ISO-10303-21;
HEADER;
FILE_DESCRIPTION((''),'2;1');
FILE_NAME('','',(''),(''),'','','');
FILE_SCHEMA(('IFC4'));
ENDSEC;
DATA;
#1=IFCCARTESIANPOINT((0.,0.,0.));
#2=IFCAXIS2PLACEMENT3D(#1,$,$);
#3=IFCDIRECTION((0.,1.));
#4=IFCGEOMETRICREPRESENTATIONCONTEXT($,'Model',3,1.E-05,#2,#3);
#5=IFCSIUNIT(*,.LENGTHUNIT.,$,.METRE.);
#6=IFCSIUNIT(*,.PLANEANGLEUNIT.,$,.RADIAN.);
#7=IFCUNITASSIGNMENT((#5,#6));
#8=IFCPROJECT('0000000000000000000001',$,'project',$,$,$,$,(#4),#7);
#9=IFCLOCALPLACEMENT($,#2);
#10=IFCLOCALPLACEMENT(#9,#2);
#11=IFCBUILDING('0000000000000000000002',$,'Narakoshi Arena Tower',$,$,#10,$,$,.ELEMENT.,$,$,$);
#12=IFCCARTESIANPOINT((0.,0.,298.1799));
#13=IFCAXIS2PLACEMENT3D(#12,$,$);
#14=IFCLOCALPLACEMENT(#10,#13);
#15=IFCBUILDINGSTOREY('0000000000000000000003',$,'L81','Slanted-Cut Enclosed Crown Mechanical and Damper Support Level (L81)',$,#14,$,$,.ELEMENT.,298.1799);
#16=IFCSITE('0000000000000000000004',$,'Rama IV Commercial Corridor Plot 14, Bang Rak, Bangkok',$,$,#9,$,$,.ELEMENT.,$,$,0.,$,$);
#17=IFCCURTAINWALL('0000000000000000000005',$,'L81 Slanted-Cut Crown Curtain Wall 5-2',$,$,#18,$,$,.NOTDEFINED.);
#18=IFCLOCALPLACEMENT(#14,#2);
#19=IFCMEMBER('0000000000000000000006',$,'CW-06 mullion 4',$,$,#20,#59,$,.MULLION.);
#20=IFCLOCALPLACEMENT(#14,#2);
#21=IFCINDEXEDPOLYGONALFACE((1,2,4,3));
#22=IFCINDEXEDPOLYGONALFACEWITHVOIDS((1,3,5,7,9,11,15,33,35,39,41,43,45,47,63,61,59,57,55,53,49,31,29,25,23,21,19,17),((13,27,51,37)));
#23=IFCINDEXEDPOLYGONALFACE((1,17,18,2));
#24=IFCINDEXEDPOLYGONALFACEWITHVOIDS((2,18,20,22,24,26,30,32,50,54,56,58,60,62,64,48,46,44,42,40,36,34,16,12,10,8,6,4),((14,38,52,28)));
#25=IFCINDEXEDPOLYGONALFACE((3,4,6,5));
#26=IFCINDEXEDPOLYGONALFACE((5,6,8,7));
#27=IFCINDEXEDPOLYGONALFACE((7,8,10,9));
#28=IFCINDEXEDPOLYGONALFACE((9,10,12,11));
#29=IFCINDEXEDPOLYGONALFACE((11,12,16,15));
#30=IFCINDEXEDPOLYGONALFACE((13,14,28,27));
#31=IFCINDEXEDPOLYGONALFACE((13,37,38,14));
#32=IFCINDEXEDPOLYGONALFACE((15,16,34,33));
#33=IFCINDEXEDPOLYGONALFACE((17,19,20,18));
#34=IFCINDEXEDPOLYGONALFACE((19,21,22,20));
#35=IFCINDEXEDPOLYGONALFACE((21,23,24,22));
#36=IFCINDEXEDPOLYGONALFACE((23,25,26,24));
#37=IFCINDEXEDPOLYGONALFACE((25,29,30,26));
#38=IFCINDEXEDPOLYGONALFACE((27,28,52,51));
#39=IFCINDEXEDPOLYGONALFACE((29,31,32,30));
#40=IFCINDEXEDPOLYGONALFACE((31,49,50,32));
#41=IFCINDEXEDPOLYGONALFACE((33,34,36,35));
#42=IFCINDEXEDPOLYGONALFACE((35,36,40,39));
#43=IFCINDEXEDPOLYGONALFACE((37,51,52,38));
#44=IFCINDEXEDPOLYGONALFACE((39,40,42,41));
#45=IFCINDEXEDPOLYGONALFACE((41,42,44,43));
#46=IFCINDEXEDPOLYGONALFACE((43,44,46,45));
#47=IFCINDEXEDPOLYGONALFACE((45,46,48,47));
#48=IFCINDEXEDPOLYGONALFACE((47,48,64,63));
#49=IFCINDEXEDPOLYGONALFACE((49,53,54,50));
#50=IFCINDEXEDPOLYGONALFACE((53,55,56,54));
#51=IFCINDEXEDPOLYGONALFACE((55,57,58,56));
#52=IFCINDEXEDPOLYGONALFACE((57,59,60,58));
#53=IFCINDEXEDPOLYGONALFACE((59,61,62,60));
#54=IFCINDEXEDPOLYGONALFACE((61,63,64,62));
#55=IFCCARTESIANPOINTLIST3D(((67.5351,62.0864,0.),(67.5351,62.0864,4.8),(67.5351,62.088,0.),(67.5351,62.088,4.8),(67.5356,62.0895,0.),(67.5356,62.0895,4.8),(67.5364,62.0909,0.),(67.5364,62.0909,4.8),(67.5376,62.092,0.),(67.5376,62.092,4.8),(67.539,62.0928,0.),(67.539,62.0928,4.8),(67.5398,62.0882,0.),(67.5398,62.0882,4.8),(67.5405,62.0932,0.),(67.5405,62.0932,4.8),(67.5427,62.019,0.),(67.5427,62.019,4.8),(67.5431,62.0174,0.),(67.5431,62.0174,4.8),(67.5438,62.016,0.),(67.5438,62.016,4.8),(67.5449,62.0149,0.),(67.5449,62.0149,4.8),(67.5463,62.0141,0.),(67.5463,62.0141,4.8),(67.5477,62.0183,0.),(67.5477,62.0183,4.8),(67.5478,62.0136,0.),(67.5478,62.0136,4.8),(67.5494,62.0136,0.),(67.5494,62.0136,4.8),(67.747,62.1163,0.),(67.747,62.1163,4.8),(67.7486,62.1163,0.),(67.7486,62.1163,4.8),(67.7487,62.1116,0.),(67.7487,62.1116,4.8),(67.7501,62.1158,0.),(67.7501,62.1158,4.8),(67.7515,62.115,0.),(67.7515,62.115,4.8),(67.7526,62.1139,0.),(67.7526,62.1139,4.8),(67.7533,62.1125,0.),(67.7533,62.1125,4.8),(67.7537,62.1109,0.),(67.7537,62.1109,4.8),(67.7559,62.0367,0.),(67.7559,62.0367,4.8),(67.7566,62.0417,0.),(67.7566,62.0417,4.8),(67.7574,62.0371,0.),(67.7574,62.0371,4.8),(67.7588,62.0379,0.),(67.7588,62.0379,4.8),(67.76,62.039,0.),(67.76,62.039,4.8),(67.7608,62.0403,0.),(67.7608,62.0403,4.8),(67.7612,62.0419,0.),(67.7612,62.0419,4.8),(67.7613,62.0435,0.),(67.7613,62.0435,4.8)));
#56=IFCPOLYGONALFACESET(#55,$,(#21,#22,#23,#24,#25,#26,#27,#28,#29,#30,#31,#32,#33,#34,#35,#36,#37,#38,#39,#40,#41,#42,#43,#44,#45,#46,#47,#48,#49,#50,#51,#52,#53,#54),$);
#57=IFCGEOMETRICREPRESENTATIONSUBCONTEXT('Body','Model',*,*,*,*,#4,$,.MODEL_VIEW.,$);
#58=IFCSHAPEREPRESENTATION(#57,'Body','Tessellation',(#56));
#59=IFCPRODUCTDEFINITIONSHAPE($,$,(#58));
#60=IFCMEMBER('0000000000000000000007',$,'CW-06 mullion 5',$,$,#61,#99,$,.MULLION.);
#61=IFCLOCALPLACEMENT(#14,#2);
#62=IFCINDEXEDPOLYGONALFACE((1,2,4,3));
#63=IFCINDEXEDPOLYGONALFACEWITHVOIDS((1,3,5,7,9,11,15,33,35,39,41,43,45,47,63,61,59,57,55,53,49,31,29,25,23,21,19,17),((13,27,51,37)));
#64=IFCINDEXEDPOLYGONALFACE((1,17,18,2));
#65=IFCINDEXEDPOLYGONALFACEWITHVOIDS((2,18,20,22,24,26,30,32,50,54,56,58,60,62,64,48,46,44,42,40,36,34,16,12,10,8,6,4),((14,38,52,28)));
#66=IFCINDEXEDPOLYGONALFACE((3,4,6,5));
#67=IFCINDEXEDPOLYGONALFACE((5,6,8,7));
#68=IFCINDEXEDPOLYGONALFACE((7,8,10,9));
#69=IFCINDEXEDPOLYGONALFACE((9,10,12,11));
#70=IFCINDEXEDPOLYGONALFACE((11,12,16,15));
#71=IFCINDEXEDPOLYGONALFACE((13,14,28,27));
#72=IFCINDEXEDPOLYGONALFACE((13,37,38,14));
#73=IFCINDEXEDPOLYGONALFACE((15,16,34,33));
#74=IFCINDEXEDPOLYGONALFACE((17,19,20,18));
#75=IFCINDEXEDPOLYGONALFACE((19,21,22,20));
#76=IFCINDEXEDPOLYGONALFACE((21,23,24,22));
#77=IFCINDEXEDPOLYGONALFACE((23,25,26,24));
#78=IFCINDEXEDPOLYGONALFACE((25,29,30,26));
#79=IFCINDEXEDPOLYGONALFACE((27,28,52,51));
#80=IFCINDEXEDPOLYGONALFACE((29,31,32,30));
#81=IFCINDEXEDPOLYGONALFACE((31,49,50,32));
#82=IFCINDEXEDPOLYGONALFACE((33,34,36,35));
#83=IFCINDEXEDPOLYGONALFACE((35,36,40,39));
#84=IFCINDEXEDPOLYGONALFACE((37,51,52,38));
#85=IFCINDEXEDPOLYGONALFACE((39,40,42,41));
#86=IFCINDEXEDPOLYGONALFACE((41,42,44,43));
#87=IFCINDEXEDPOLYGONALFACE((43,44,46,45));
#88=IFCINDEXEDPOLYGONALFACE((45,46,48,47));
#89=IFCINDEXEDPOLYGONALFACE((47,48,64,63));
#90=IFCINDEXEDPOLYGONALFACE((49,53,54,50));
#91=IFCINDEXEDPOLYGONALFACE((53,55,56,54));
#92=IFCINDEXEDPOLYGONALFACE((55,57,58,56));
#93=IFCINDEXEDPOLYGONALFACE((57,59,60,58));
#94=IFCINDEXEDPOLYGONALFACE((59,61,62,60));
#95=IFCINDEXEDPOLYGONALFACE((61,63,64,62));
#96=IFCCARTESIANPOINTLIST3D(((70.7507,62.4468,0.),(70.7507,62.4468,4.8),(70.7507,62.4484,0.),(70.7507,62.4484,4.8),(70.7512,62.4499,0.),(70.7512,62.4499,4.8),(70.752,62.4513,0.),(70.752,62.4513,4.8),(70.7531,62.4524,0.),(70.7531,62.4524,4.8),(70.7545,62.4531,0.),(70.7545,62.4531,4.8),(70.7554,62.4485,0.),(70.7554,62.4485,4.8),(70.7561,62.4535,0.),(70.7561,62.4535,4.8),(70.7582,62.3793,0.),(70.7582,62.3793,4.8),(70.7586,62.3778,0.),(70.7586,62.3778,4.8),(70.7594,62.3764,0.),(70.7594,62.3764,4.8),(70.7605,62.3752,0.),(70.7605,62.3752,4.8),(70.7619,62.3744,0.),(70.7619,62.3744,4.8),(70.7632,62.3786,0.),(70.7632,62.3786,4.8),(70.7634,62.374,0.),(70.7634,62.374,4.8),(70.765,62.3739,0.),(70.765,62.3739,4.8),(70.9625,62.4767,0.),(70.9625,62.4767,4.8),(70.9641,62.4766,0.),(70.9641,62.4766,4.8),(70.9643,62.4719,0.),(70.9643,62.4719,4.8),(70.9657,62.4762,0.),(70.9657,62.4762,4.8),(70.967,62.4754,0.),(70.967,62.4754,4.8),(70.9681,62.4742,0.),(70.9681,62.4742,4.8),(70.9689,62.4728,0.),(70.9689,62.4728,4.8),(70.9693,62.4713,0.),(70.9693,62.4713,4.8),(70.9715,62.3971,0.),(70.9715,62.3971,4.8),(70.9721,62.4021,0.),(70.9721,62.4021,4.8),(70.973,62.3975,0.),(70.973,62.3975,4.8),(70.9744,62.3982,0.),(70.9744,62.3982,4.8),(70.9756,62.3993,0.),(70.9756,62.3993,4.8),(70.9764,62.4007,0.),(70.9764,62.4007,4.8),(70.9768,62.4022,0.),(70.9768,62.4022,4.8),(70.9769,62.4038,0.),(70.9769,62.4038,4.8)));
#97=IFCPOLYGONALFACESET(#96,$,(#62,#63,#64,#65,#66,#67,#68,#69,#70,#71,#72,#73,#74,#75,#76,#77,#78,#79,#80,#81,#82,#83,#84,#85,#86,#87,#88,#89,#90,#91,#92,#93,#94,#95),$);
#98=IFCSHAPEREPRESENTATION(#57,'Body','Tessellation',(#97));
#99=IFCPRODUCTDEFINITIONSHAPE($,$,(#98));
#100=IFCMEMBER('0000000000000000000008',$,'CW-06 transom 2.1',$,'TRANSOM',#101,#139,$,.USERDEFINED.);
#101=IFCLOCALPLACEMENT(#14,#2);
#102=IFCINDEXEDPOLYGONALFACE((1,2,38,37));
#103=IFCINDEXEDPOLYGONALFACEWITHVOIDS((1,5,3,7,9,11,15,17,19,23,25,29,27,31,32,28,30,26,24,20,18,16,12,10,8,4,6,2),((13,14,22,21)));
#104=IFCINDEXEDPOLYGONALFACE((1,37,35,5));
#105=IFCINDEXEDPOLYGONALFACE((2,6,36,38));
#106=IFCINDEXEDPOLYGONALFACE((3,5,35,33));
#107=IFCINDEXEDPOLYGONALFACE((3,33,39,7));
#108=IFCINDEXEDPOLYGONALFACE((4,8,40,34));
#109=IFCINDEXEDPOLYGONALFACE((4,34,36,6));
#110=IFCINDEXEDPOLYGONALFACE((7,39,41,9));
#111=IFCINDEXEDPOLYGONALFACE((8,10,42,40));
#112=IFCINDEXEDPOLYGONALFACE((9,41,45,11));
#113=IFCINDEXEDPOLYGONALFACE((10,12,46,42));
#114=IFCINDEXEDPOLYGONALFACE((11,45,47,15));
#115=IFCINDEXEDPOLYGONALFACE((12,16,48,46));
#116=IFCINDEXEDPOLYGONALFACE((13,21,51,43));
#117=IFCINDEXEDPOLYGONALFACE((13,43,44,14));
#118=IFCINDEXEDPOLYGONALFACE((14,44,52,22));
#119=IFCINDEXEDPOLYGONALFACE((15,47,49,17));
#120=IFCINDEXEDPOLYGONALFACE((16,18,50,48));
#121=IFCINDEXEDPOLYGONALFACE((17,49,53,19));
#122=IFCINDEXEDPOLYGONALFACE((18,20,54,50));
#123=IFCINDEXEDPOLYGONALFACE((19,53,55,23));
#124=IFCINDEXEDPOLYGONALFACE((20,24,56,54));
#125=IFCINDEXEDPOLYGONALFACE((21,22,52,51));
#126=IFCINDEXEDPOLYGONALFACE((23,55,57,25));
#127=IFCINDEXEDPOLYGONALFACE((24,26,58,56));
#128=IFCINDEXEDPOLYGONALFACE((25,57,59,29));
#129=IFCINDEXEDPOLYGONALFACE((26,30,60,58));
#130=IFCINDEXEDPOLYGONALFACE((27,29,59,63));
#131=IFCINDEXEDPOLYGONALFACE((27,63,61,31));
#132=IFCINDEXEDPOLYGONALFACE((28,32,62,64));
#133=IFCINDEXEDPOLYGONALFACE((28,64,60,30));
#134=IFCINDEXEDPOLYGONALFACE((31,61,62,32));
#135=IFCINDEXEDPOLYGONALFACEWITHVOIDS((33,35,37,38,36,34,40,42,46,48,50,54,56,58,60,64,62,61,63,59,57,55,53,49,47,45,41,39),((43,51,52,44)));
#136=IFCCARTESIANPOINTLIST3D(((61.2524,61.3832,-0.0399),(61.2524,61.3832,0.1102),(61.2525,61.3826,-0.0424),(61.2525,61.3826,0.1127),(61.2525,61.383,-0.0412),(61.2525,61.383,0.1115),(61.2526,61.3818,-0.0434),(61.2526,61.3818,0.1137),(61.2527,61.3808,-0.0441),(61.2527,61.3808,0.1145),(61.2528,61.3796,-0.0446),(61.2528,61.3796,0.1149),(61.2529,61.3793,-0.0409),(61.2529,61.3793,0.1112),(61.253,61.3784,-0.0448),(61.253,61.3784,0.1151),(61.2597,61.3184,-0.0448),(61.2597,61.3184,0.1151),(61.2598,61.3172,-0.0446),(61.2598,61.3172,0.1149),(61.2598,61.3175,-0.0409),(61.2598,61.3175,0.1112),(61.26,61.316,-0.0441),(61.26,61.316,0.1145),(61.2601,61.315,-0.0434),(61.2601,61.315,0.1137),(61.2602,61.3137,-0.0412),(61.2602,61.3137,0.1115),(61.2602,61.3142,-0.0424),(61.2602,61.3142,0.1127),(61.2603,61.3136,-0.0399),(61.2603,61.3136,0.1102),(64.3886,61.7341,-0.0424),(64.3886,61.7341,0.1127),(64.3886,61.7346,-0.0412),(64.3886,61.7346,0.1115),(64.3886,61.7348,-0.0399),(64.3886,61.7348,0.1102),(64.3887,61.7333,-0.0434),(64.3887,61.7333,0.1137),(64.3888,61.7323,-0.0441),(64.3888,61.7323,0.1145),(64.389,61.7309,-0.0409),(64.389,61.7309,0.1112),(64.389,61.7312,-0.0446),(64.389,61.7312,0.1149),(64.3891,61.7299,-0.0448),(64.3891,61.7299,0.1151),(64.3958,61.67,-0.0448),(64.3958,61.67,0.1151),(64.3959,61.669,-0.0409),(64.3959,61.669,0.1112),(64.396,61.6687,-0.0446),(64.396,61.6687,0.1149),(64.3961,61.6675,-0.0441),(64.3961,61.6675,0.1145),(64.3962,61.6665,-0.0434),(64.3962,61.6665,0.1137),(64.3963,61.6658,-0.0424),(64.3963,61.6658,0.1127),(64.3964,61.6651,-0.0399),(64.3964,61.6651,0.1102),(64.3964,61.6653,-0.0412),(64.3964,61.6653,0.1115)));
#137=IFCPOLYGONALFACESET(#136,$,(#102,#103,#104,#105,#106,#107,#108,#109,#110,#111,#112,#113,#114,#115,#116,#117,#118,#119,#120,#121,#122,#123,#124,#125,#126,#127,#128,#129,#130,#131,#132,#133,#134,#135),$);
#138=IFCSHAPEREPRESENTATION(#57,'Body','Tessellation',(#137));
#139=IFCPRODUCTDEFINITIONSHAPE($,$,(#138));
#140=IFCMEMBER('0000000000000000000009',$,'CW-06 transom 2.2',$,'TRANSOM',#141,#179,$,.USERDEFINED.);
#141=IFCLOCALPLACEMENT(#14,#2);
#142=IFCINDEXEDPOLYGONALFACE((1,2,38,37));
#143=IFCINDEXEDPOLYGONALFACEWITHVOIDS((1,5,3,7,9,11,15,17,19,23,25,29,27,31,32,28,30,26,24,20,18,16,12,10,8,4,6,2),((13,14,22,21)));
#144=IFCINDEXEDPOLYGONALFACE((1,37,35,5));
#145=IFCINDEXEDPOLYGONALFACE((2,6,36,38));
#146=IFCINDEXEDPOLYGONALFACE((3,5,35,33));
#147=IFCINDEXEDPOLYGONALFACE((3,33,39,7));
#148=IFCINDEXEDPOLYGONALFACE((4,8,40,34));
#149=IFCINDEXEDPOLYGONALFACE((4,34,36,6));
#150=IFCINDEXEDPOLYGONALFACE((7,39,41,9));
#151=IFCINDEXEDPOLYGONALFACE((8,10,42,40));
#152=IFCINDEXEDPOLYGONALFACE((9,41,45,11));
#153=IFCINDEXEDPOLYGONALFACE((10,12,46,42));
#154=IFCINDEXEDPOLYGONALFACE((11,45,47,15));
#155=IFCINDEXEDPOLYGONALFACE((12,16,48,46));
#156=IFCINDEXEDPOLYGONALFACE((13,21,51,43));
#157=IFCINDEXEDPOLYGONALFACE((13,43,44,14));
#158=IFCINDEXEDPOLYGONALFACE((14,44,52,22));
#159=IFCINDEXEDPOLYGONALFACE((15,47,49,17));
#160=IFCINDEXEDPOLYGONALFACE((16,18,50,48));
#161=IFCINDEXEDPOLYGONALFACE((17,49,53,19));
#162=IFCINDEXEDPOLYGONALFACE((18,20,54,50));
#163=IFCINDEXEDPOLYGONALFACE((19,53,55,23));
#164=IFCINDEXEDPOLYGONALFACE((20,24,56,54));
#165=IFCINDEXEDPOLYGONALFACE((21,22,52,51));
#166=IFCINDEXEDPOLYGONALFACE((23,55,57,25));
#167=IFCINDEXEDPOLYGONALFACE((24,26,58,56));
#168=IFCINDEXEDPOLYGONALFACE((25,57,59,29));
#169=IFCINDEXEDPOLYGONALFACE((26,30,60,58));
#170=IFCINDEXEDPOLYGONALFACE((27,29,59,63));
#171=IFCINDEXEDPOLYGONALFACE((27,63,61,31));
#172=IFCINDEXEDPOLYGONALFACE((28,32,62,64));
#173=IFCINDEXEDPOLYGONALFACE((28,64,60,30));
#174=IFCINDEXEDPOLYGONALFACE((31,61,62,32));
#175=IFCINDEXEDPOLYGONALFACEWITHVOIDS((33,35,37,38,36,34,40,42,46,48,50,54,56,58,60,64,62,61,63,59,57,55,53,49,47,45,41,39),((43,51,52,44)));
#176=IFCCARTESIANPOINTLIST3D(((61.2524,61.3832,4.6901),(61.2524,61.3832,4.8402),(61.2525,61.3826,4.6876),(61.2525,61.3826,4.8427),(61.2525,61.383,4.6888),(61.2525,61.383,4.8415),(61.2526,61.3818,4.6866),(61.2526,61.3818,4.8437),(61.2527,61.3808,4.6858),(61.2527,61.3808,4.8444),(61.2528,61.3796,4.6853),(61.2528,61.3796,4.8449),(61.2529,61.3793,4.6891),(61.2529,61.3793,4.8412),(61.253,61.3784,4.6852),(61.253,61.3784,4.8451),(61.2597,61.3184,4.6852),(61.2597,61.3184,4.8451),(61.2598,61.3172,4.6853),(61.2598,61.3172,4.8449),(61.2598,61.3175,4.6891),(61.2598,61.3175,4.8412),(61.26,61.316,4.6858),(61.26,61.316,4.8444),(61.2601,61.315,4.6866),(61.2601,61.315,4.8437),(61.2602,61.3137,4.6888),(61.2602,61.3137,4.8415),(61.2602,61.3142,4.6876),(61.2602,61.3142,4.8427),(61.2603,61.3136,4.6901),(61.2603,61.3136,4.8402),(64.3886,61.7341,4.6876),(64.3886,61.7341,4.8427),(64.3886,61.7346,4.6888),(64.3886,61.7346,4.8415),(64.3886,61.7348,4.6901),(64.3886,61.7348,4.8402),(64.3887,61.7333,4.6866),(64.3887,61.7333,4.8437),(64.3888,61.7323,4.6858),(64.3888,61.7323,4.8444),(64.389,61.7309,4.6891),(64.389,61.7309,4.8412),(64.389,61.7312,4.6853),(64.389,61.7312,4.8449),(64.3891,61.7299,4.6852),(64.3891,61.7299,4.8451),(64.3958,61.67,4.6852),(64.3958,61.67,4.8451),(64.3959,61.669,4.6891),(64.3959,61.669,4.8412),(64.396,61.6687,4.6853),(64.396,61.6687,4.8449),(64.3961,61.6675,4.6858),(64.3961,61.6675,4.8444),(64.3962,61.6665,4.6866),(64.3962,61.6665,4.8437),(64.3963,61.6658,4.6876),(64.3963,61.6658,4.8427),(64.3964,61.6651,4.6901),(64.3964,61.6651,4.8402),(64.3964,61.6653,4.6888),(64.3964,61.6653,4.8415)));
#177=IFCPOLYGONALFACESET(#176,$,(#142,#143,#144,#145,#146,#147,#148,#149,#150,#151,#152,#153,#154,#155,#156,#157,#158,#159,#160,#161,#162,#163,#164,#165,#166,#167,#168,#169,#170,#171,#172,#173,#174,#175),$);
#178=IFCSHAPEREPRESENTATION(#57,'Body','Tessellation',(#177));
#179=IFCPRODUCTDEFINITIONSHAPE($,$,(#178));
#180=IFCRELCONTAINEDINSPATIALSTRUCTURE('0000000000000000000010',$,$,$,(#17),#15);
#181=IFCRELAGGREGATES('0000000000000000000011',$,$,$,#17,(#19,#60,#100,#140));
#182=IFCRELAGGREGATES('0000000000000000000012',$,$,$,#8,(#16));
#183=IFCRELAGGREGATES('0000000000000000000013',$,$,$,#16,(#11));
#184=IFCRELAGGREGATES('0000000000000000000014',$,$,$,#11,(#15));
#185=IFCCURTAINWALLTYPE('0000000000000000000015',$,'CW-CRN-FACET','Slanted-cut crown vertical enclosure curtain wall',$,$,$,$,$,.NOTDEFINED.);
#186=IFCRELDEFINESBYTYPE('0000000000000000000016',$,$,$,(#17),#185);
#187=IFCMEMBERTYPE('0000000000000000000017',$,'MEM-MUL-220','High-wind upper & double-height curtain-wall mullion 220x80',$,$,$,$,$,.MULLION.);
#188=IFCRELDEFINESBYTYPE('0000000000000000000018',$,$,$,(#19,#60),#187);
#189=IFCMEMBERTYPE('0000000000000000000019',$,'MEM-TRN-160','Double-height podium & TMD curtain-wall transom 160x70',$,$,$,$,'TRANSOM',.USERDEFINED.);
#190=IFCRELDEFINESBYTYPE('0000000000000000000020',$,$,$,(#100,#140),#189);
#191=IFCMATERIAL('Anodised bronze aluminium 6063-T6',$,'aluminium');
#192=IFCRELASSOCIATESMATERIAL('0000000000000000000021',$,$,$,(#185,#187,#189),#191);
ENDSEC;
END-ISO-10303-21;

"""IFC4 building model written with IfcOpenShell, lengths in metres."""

from ifc_helpers import new_model, si_unit, direction, frame, origin, origin_2d, place, context, subcontext, project, spatial, hollow_rectangle, extrude, material, material_profile, profile_set, type_object, element, aggregate, save


model = new_model("IFC4")

# Units and contexts
model_context = context("Model", 3, precision=1e-05, world=origin(), true_north=direction((0.0, 1.0)))
body_context = subcontext(model_context, "Body", "Model", "MODEL_VIEW")
ifc_project = project(units=[si_unit("LENGTHUNIT", "METRE"), si_unit("PLANEANGLEUNIT", "RADIAN")], contexts=[model_context])

# Site, building, storey
site_placement = place(None, origin())
site = spatial("IfcSite", under=ifc_project, at=site_placement, Name="Rama IV Commercial Corridor Plot 14, Bang Rak, Bangkok", CompositionType="ELEMENT", RefElevation=0.0)
building_placement = place(site_placement, origin())
building = spatial("IfcBuilding", under=site, at=building_placement, Name="Narakoshi Arena Tower", CompositionType="ELEMENT")
storey_placement = place(building_placement, frame((0.0, 0.0, 298.1799)))
storey = spatial("IfcBuildingStorey", under=building, at=storey_placement, Name="L81", Description="Slanted-Cut Enclosed Crown Mechanical and Damper Support Level (L81)", CompositionType="ELEMENT", Elevation=298.1799)

# Curtain wall, members
ifc_material_1 = material(Name="Anodised bronze aluminium 6063-T6", Category="aluminium")
curtain_wall_type = type_object("IfcCurtainWallType", Name="CW-CRN-FACET", Description="Slanted-cut crown vertical enclosure curtain wall", PredefinedType="NOTDEFINED", material=ifc_material_1)
curtain_wall_placement = place(storey_placement, origin())
curtain_wall = element("IfcCurtainWall", 1, at=curtain_wall_placement, inside=storey, type_object=curtain_wall_type, Name="L81 Slanted-Cut Crown Curtain Wall 5-2", PredefinedType="NOTDEFINED")
ifc_material_profile_1 = material_profile(ifc_material_1, hollow_rectangle(XDim=0.0801, YDim=0.22, WallThickness=0.0049, OuterFilletRadius=0.0061, at=origin_2d()), Name="MUL220x80x5")
ifc_profile_set_1 = profile_set([ifc_material_profile_1], Name="Anodised bronze aluminium 6063-T6")
member_type_1 = type_object("IfcMemberType", Name="MEM-MUL-220", Description="High-wind upper & double-height curtain-wall mullion 220x80", PredefinedType="MULLION", material=ifc_profile_set_1)
member_1_placement = place(storey_placement, frame((67.6482, 62.0649, 0.0), z_axis=(0.0, 0.0, 1.0), x_axis=(-0.111395, 0.993776, 0.0)))
member_1 = element("IfcMember", 2, at=member_1_placement, type_object=member_type_1, Name="CW-06 mullion 4", PredefinedType="MULLION", context=body_context, shape_type="SweptSolid", body=[
    extrude(hollow_rectangle(XDim=0.0801, YDim=0.22, WallThickness=0.0049, OuterFilletRadius=0.0061, at=origin_2d()), origin(), (0.0, 0.0, 1.0), 4.8),
])
member_2_placement = place(storey_placement, frame((70.8638, 62.4253, 0.0), z_axis=(0.0, 0.0, 1.0), x_axis=(-0.111395, 0.993776, 0.0)))
member_2 = element("IfcMember", 3, at=member_2_placement, type_object=member_type_1, Name="CW-06 mullion 5", PredefinedType="MULLION", context=body_context, shape_type="SweptSolid", body=[
    extrude(hollow_rectangle(XDim=0.0801, YDim=0.22, WallThickness=0.0049, OuterFilletRadius=0.0061, at=origin_2d()), origin(), (0.0, 0.0, 1.0), 4.8),
])
ifc_material_profile_2 = material_profile(ifc_material_1, hollow_rectangle(XDim=0.0701, YDim=0.1599, WallThickness=0.0039, OuterFilletRadius=0.0049, at=origin_2d()), Name="TRN160x70x4")
ifc_profile_set_2 = profile_set([ifc_material_profile_2], Name="Anodised bronze aluminium 6063-T6")
member_type_2 = type_object("IfcMemberType", Name="MEM-TRN-160", Description="Double-height podium & TMD curtain-wall transom 160x70", ElementType="TRANSOM", PredefinedType="USERDEFINED", material=ifc_profile_set_2)
member_3_placement = place(storey_placement, frame((61.2563, 61.3484, 0.0352), z_axis=(0.993776, 0.111399, 0.0), x_axis=(-0.111399, 0.993776, 0.0)))
member_3 = element("IfcMember", 4, at=member_3_placement, type_object=member_type_2, Name="CW-06 transom 2.1", ObjectType="TRANSOM", PredefinedType="USERDEFINED", context=body_context, shape_type="SweptSolid", body=[
    extrude(hollow_rectangle(XDim=0.0701, YDim=0.1599, WallThickness=0.0039, OuterFilletRadius=0.0049, at=origin_2d()), origin(), (0.0, 0.0, 1.0), 3.1558),
])
member_4_placement = place(storey_placement, frame((61.2563, 61.3484, 4.7651), z_axis=(0.993776, 0.111399, 0.0), x_axis=(-0.111399, 0.993776, 0.0)))
member_4 = element("IfcMember", 5, at=member_4_placement, type_object=member_type_2, Name="CW-06 transom 2.2", ObjectType="TRANSOM", PredefinedType="USERDEFINED", context=body_context, shape_type="SweptSolid", body=[
    extrude(hollow_rectangle(XDim=0.0701, YDim=0.1599, WallThickness=0.0039, OuterFilletRadius=0.0049, at=origin_2d()), origin(), (0.0, 0.0, 1.0), 3.1558),
])
aggregate(curtain_wall, [member_1, member_2, member_3, member_4])

save(model, "model.ifc")
